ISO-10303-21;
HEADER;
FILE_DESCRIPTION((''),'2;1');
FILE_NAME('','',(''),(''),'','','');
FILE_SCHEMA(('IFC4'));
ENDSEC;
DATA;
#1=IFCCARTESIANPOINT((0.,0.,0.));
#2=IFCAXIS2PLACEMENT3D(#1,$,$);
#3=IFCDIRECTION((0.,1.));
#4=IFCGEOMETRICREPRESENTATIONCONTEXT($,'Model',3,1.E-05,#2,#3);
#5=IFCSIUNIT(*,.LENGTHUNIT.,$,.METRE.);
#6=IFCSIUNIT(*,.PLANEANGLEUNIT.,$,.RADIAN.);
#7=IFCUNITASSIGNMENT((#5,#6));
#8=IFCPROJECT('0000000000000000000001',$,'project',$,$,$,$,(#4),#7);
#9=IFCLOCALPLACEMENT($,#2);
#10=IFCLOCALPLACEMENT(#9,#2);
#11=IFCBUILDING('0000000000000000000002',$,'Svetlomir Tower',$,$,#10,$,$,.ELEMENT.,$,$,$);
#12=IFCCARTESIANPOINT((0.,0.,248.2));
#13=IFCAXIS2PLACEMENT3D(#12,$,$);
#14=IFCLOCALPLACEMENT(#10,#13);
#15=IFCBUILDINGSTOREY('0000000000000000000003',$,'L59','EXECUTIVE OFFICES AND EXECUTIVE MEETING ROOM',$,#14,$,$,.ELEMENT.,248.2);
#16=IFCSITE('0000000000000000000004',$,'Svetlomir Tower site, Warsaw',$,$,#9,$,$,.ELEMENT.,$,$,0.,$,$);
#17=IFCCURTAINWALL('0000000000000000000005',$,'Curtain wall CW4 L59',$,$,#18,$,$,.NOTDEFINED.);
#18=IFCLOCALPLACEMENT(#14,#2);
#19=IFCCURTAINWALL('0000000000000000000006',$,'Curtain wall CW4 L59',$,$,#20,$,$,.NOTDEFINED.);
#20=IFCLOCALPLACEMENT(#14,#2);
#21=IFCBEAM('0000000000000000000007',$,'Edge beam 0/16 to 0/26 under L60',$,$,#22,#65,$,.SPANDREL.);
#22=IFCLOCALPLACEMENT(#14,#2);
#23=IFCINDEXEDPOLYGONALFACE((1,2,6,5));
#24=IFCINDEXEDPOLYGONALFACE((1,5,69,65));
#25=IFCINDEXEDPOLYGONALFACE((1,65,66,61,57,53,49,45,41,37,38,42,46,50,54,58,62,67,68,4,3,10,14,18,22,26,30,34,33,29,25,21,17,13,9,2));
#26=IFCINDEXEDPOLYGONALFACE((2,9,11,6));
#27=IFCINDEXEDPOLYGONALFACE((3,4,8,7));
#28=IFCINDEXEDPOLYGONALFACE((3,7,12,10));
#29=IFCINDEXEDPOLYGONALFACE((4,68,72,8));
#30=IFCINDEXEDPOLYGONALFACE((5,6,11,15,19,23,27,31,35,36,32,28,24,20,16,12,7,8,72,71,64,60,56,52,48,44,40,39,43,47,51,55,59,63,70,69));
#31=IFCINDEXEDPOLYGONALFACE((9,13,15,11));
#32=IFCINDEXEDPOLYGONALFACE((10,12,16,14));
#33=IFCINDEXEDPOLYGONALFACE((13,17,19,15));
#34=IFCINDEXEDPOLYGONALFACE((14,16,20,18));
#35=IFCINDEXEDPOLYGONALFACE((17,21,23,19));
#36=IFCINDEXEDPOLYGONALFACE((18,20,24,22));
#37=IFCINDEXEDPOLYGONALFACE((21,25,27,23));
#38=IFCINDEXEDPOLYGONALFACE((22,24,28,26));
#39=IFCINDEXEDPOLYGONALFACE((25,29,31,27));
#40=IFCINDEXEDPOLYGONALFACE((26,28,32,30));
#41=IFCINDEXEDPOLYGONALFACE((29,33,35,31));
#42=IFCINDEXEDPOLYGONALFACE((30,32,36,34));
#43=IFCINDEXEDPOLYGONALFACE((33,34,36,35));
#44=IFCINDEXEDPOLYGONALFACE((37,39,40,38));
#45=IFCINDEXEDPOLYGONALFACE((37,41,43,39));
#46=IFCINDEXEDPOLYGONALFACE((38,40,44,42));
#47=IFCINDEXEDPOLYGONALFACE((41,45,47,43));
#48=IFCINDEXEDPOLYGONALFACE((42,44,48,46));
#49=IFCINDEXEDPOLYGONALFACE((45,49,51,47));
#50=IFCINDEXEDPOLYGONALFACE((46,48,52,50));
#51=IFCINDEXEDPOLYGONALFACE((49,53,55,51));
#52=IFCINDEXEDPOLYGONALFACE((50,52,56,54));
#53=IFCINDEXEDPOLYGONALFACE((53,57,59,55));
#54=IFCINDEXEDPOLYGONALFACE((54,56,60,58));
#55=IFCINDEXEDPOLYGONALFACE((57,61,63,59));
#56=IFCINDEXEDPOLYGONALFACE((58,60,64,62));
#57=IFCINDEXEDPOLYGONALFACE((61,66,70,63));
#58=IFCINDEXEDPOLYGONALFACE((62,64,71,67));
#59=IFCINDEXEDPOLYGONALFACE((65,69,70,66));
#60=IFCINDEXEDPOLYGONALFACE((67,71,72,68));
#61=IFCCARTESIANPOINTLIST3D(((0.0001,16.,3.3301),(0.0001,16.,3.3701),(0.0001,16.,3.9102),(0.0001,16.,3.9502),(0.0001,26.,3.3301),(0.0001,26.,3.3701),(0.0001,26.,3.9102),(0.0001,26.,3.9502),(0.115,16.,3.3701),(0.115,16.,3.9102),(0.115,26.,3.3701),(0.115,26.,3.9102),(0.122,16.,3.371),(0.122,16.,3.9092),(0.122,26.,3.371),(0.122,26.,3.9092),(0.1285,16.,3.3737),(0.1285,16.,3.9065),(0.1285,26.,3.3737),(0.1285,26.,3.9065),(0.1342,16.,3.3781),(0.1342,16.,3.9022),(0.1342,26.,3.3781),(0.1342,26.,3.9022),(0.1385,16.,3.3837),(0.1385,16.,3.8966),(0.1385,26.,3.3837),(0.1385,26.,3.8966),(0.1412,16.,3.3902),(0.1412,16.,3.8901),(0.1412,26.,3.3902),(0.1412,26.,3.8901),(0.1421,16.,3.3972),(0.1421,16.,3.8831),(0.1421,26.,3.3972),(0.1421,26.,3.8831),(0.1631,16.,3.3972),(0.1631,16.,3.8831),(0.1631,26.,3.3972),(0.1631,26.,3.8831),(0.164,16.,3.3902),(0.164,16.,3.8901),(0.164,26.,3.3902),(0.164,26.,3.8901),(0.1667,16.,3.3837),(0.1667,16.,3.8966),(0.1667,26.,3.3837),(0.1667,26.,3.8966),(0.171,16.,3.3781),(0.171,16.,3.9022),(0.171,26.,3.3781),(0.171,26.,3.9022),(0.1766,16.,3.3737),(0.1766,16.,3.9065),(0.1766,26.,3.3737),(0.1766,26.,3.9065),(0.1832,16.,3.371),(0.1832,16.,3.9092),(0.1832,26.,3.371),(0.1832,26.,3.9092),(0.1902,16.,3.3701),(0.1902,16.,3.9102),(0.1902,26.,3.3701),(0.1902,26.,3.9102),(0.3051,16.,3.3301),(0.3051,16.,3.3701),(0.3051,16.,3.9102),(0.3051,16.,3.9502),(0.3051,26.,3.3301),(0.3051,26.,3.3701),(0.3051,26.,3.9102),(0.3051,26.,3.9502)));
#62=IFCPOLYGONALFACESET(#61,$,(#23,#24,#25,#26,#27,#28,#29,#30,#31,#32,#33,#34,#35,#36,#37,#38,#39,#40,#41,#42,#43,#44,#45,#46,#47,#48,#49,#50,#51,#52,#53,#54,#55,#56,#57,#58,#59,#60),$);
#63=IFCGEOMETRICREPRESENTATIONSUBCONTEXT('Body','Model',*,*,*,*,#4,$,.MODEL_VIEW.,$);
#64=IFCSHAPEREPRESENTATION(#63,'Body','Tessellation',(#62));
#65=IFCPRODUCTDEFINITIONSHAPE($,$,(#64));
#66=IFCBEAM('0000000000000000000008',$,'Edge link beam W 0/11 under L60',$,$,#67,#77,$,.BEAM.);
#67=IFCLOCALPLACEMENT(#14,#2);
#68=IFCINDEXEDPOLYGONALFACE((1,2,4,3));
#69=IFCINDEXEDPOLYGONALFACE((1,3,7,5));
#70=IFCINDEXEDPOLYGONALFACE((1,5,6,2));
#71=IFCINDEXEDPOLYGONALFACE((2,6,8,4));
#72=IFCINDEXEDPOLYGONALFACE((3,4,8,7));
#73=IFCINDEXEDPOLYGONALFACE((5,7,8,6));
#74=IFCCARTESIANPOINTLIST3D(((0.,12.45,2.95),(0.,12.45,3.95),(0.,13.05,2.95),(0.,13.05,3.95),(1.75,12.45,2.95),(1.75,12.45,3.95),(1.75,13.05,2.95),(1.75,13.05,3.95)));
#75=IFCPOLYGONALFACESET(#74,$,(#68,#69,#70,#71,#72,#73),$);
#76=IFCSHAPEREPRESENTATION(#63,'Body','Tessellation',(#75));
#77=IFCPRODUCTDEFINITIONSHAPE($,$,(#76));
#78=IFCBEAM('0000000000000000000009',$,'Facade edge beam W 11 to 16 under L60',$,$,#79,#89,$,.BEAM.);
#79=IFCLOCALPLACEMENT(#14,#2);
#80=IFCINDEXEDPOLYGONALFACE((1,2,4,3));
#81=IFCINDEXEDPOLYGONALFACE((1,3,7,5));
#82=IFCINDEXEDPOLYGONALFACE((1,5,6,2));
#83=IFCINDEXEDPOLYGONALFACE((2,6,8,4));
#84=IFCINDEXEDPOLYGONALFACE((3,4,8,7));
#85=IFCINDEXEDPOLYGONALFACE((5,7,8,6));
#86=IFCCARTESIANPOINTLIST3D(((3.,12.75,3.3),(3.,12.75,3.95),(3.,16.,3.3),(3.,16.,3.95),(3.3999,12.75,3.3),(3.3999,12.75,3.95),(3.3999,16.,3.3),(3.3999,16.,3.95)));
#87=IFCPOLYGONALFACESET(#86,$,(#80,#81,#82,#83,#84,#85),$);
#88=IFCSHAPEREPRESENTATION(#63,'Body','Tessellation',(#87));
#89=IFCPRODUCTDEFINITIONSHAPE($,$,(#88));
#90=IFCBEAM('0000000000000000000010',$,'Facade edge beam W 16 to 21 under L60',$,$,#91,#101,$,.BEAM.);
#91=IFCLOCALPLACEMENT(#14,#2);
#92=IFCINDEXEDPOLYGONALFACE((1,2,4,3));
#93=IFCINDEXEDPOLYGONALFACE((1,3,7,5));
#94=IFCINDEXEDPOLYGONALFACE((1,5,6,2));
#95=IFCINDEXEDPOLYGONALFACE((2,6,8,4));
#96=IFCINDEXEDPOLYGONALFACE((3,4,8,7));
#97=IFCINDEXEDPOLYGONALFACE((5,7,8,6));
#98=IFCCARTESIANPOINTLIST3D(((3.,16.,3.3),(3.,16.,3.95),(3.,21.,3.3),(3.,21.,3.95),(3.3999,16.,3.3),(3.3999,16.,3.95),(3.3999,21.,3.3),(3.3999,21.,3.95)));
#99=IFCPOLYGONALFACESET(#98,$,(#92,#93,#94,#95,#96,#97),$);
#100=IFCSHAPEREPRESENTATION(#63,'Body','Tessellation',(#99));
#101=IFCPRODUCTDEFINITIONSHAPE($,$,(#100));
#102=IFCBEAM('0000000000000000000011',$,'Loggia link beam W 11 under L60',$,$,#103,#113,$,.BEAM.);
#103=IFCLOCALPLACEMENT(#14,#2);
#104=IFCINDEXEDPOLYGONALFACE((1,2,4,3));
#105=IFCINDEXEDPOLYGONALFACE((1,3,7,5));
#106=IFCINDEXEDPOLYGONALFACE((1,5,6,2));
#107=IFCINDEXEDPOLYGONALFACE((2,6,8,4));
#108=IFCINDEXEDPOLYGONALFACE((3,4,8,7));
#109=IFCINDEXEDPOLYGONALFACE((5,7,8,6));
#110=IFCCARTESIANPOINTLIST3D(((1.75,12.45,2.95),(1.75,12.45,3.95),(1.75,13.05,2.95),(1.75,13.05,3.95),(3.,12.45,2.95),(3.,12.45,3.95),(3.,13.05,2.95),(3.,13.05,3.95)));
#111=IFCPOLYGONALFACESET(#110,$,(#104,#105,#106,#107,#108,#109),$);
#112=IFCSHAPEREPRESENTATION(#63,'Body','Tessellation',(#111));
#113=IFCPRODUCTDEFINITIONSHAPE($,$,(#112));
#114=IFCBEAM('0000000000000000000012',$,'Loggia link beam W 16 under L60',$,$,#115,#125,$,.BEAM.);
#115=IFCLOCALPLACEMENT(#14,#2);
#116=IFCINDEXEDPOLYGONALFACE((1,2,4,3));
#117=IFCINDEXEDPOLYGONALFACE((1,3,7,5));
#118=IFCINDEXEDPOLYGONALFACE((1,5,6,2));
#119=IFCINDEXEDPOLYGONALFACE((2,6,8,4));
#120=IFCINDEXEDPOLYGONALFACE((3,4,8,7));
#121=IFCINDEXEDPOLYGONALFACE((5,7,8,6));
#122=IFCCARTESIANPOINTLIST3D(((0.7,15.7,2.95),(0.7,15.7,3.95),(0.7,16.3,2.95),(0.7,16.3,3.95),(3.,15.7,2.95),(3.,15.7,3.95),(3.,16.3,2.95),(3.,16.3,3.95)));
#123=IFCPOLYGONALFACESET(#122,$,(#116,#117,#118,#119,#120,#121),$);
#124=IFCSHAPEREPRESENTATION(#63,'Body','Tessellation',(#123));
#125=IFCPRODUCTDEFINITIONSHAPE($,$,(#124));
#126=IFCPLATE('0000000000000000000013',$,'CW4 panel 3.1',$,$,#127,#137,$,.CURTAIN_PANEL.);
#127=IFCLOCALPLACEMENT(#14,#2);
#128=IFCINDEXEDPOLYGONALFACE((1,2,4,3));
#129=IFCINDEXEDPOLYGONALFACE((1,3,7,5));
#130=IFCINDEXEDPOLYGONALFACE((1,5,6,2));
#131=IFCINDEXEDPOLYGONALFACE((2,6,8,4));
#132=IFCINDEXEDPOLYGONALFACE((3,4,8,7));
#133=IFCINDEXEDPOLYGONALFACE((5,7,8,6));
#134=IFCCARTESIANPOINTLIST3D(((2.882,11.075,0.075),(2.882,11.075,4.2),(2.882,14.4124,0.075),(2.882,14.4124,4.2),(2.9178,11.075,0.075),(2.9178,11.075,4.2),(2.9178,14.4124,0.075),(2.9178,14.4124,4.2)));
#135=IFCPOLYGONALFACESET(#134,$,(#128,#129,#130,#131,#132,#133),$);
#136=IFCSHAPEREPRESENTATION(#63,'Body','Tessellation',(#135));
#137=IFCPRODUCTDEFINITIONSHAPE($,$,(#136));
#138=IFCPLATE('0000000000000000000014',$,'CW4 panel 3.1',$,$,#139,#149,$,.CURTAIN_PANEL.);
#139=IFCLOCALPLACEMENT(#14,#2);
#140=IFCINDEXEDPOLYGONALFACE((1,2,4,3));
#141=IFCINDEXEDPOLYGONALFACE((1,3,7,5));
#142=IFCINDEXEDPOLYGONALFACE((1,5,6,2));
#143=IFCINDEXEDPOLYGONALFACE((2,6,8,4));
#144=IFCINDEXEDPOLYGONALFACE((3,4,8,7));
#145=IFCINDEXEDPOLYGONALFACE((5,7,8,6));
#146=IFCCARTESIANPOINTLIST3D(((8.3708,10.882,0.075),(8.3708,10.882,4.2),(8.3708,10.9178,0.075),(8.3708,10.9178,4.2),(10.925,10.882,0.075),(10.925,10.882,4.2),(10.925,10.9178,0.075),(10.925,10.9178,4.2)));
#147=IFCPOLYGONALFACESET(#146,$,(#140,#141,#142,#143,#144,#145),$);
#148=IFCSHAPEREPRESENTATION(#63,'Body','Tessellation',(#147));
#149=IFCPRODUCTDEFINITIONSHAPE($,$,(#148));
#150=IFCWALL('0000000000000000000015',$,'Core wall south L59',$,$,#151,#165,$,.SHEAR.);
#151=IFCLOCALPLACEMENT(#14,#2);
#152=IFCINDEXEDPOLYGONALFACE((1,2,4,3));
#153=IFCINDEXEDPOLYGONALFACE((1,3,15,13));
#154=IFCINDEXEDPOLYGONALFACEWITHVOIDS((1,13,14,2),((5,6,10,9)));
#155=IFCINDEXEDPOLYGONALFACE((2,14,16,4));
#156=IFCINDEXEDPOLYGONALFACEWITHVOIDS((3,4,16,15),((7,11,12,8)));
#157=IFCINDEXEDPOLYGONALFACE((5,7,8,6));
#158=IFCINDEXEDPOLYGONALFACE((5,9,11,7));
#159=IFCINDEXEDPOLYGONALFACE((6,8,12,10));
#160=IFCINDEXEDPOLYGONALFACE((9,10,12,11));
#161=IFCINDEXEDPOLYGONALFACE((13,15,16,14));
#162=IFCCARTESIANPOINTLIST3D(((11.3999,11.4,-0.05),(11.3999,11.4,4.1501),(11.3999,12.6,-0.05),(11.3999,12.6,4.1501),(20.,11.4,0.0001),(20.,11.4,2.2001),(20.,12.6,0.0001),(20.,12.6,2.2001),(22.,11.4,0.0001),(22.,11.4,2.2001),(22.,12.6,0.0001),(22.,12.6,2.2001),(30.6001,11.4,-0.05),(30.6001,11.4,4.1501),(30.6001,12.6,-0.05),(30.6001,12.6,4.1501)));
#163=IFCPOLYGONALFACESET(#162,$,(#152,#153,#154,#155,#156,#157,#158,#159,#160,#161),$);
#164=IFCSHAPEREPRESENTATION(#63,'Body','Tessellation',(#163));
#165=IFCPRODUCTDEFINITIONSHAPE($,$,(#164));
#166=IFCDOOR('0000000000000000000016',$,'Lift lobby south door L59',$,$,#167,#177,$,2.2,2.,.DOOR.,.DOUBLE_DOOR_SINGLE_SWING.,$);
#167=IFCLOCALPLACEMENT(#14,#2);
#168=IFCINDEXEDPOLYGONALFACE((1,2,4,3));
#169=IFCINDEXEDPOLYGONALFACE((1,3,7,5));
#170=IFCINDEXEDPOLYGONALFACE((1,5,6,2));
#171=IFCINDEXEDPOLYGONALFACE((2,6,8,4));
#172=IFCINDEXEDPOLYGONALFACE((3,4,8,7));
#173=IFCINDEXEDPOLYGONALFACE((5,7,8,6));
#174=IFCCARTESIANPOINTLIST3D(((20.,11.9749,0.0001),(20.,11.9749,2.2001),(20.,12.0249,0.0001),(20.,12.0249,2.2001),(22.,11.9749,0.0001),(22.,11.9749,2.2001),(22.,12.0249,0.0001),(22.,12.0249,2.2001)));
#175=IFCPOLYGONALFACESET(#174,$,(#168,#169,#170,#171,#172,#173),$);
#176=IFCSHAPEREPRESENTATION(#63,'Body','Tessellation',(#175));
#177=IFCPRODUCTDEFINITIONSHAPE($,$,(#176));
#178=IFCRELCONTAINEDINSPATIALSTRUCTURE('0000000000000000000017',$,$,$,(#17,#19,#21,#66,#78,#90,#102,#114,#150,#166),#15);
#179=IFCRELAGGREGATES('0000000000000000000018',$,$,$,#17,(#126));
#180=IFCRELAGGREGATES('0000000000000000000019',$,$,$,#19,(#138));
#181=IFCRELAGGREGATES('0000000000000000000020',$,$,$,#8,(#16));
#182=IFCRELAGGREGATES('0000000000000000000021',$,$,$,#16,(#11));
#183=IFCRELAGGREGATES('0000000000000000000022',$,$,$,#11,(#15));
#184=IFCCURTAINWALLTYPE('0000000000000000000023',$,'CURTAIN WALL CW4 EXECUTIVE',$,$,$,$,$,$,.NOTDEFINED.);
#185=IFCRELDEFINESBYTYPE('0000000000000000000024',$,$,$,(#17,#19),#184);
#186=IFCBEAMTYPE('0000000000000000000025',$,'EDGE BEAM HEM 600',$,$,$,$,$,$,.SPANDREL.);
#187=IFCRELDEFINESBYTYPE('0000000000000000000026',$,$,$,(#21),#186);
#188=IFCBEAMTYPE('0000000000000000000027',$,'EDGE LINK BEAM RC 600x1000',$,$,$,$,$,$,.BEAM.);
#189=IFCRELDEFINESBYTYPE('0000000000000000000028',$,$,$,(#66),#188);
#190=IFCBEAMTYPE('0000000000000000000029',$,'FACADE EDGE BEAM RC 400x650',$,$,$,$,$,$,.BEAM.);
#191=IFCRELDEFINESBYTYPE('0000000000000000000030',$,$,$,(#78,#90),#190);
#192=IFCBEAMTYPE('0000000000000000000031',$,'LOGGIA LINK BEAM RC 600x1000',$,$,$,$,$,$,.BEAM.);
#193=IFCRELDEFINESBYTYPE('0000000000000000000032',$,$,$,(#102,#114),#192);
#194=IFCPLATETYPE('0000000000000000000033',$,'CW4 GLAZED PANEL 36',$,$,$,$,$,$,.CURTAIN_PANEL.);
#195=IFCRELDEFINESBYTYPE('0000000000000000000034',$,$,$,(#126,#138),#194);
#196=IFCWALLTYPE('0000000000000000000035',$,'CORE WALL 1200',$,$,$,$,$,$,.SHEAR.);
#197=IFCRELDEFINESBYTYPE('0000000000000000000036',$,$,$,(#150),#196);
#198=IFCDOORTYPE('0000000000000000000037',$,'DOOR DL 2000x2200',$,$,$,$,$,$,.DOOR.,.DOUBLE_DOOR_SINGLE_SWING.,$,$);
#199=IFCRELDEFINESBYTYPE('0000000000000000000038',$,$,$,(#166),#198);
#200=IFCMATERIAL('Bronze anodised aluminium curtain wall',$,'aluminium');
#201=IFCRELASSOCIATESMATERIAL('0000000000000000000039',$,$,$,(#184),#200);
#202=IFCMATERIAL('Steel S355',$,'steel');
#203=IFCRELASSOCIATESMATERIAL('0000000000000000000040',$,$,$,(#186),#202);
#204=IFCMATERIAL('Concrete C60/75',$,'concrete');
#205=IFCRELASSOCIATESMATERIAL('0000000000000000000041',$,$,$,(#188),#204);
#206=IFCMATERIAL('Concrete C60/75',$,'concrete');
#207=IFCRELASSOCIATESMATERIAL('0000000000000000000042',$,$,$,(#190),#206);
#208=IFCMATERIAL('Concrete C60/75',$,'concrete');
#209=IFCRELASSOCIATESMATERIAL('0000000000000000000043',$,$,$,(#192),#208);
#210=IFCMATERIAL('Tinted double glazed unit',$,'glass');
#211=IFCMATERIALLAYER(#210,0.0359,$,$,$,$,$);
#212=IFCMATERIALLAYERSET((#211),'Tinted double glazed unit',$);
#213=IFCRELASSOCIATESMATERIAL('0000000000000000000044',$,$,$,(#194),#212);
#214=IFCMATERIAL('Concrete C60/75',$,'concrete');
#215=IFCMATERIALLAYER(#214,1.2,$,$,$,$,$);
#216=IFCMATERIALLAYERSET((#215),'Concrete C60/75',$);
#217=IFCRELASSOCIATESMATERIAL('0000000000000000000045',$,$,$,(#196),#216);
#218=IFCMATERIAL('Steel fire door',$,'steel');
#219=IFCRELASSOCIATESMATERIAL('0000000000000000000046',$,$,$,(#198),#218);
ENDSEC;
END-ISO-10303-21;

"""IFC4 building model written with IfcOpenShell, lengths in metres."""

from ifc_helpers import new_model, si_unit, direction, frame, frame_2d, origin, origin_2d, place, context, subcontext, project, spatial, rectangle, i_section, extrude, material, layer, layer_set, material_profile, profile_set, type_object, element, fill, aggregate, save


model = new_model("IFC4")

# Units and contexts
model_context = context("Model", 3, precision=1e-05, world=origin(), true_north=direction((0.0, 1.0)))
body_context = subcontext(model_context, "Body", "Model", "MODEL_VIEW")
ifc_project = project(units=[si_unit("LENGTHUNIT", "METRE"), si_unit("PLANEANGLEUNIT", "RADIAN")], contexts=[model_context])

# Site, building, storey
site_placement = place(None, origin())
site = spatial("IfcSite", under=ifc_project, at=site_placement, Name="Svetlomir Tower site, Warsaw", CompositionType="ELEMENT", RefElevation=0.0)
building_placement = place(site_placement, origin())
building = spatial("IfcBuilding", under=site, at=building_placement, Name="Svetlomir Tower", CompositionType="ELEMENT")
storey_placement = place(building_placement, frame((0.0, 0.0, 248.2)))
storey = spatial("IfcBuildingStorey", under=building, at=storey_placement, Name="L59", Description="EXECUTIVE OFFICES AND EXECUTIVE MEETING ROOM", CompositionType="ELEMENT", Elevation=248.2)

# Curtain wall
ifc_material_1 = material(Name="Bronze anodised aluminium curtain wall", Category="aluminium")
curtain_wall_type = type_object("IfcCurtainWallType", Name="CURTAIN WALL CW4 EXECUTIVE", PredefinedType="NOTDEFINED", material=ifc_material_1)
curtain_wall_1_placement = place(storey_placement, origin())
curtain_wall_1 = element("IfcCurtainWall", 1, at=curtain_wall_1_placement, inside=storey, type_object=curtain_wall_type, Name="Curtain wall CW4 L59", PredefinedType="NOTDEFINED")

# Curtain wall
curtain_wall_2_placement = place(storey_placement, origin())
curtain_wall_2 = element("IfcCurtainWall", 2, at=curtain_wall_2_placement, inside=storey, type_object=curtain_wall_type, Name="Curtain wall CW4 L59", PredefinedType="NOTDEFINED")

# Beams
ifc_material_2 = material(Name="Steel S355", Category="steel")
ifc_material_profile_1 = material_profile(ifc_material_2, i_section(OverallWidth=0.3049, OverallDepth=0.6201, WebThickness=0.021, FlangeThickness=0.04, FilletRadius=0.0271, at=origin_2d()), Name="HEM 600")
ifc_profile_set_1 = profile_set([ifc_material_profile_1], Name="Steel S355")
beam_type_1 = type_object("IfcBeamType", Name="EDGE BEAM HEM 600", PredefinedType="SPANDREL", material=ifc_profile_set_1)
beam_1_placement = place(storey_placement, frame((0.1526, 16.0, 3.6401), z_axis=(0.0, 1.0, 0.0), x_axis=(-1.0, 0.0, 0.0)))
element("IfcBeam", 3, at=beam_1_placement, inside=storey, type_object=beam_type_1, Name="Edge beam 0/16 to 0/26 under L60", PredefinedType="SPANDREL", context=body_context, shape_type="SweptSolid", body=[
    extrude(i_section(OverallWidth=0.3049, OverallDepth=0.6201, WebThickness=0.021, FlangeThickness=0.04, FilletRadius=0.0271, at=origin_2d()), origin(), (0.0, 0.0, 1.0), 10.0),
])
ifc_material_3 = material(Name="Concrete C60/75", Category="concrete")
ifc_material_profile_2 = material_profile(ifc_material_3, rectangle(XDim=0.6001, YDim=1.0, at=origin_2d()), Name="RC 600x1000")
ifc_profile_set_2 = profile_set([ifc_material_profile_2], Name="Concrete C60/75")
beam_type_2 = type_object("IfcBeamType", Name="EDGE LINK BEAM RC 600x1000", PredefinedType="BEAM", material=ifc_profile_set_2)
beam_2_placement = place(storey_placement, frame((1.75, 12.75, 3.45), z_axis=(-1.0, 0.0, 0.0), x_axis=(0.0, -1.0, 0.0)))
element("IfcBeam", 4, at=beam_2_placement, inside=storey, type_object=beam_type_2, Name="Edge link beam W 0/11 under L60", PredefinedType="BEAM", context=body_context, shape_type="SweptSolid", body=[
    extrude(rectangle(XDim=0.6001, YDim=1.0, at=origin_2d()), origin(), (0.0, 0.0, 1.0), 1.75),
])
ifc_material_4 = material(Name="Concrete C60/75", Category="concrete")
ifc_material_profile_3 = material_profile(ifc_material_4, rectangle(XDim=0.3999, YDim=0.6499, at=origin_2d()), Name="RC 400x650")
ifc_profile_set_3 = profile_set([ifc_material_profile_3], Name="Concrete C60/75")
beam_type_3 = type_object("IfcBeamType", Name="FACADE EDGE BEAM RC 400x650", PredefinedType="BEAM", material=ifc_profile_set_3)
beam_3_placement = place(storey_placement, frame((3.2, 12.75, 3.625), z_axis=(0.0, 1.0, 0.0), x_axis=(-1.0, 0.0, 0.0)))
element("IfcBeam", 5, at=beam_3_placement, inside=storey, type_object=beam_type_3, Name="Facade edge beam W 11 to 16 under L60", PredefinedType="BEAM", context=body_context, shape_type="SweptSolid", body=[
    extrude(rectangle(XDim=0.3999, YDim=0.6499, at=origin_2d()), origin(), (0.0, 0.0, 1.0), 3.25),
])
beam_4_placement = place(storey_placement, frame((3.2, 16.0, 3.625), z_axis=(0.0, 1.0, 0.0), x_axis=(-1.0, 0.0, 0.0)))
element("IfcBeam", 6, at=beam_4_placement, inside=storey, type_object=beam_type_3, Name="Facade edge beam W 16 to 21 under L60", PredefinedType="BEAM", context=body_context, shape_type="SweptSolid", body=[
    extrude(rectangle(XDim=0.3999, YDim=0.6499, at=origin_2d()), origin(), (0.0, 0.0, 1.0), 5.0),
])
ifc_material_5 = material(Name="Concrete C60/75", Category="concrete")
ifc_material_profile_4 = material_profile(ifc_material_5, rectangle(XDim=0.6001, YDim=1.0, at=origin_2d()), Name="RC 600x1000")
ifc_profile_set_4 = profile_set([ifc_material_profile_4], Name="Concrete C60/75")
beam_type_4 = type_object("IfcBeamType", Name="LOGGIA LINK BEAM RC 600x1000", PredefinedType="BEAM", material=ifc_profile_set_4)
beam_5_placement = place(storey_placement, frame((1.75, 12.75, 3.45), z_axis=(1.0, 0.0, 0.0), x_axis=(0.0, 1.0, 0.0)))
element("IfcBeam", 7, at=beam_5_placement, inside=storey, type_object=beam_type_4, Name="Loggia link beam W 11 under L60", PredefinedType="BEAM", context=body_context, shape_type="SweptSolid", body=[
    extrude(rectangle(XDim=0.6001, YDim=1.0, at=origin_2d()), origin(), (0.0, 0.0, 1.0), 1.25),
])
beam_6_placement = place(storey_placement, frame((0.7, 16.0, 3.45), z_axis=(1.0, 0.0, 0.0), x_axis=(0.0, 1.0, 0.0)))
element("IfcBeam", 8, at=beam_6_placement, inside=storey, type_object=beam_type_4, Name="Loggia link beam W 16 under L60", PredefinedType="BEAM", context=body_context, shape_type="SweptSolid", body=[
    extrude(rectangle(XDim=0.6001, YDim=1.0, at=origin_2d()), origin(), (0.0, 0.0, 1.0), 2.3),
])

# Plates
ifc_material_6 = material(Name="Tinted double glazed unit", Category="glass")
ifc_layer_1 = layer(ifc_material_6, 0.0359)
ifc_layer_set_1 = layer_set([ifc_layer_1], Name="Tinted double glazed unit")
plate_type = type_object("IfcPlateType", Name="CW4 GLAZED PANEL 36", PredefinedType="CURTAIN_PANEL", material=ifc_layer_set_1)
plate_1_placement = place(storey_placement, frame((2.8999, 12.7437, 0.075), z_axis=(0.0, 0.0, 1.0), x_axis=(0.0, -1.0, 0.0)))
plate_1 = element("IfcPlate", 9, at=plate_1_placement, type_object=plate_type, Name="CW4 panel 3.1", PredefinedType="CURTAIN_PANEL", context=body_context, shape_type="SweptSolid", body=[
    extrude(rectangle(XDim=3.3374, YDim=0.0359, at=origin_2d()), origin(), (0.0, 0.0, 1.0), 4.125),
])
aggregate(curtain_wall_1, [plate_1])
plate_2_placement = place(storey_placement, frame((9.6479, 10.8999, 0.075), z_axis=(0.0, 0.0, 1.0), x_axis=(1.0, 0.0, 0.0)))
plate_2 = element("IfcPlate", 10, at=plate_2_placement, type_object=plate_type, Name="CW4 panel 3.1", PredefinedType="CURTAIN_PANEL", context=body_context, shape_type="SweptSolid", body=[
    extrude(rectangle(XDim=2.5542, YDim=0.0359, at=origin_2d()), origin(), (0.0, 0.0, 1.0), 4.125),
])
aggregate(curtain_wall_2, [plate_2])

# Wall, opening, door
ifc_material_7 = material(Name="Concrete C60/75", Category="concrete")
ifc_layer_2 = layer(ifc_material_7, 1.2)
ifc_layer_set_2 = layer_set([ifc_layer_2], Name="Concrete C60/75")
wall_type_1 = type_object("IfcWallType", Name="CORE WALL 1200", PredefinedType="SHEAR", material=ifc_layer_set_2)
wall_1_placement = place(storey_placement, frame((11.3999, 12.0, -0.05), z_axis=(0.0, 0.0, 1.0), x_axis=(1.0, 0.0, 0.0)))
wall_1 = element("IfcWall", 11, at=wall_1_placement, inside=storey, type_object=wall_type_1, Name="Core wall south L59", PredefinedType="SHEAR", context=body_context, shape_type="SweptSolid", body=[
    extrude(rectangle(XDim=19.2002, YDim=1.2, at=frame_2d((9.6001, 0.0))), origin(), (0.0, 0.0, 1.0), 4.2002),
])
opening_1_placement = place(wall_1_placement, frame((8.6001, 0.0, 0.05)))
opening_1 = element("IfcOpeningElement", 12, at=opening_1_placement, cuts=wall_1, PredefinedType="OPENING", context=body_context, shape_type="SweptSolid", body=[
    extrude(rectangle(XDim=2.0, YDim=2.2, at=frame_2d((1.0, 1.1001))), frame((0.0, 0.6099, 0.0), z_axis=(0.0, -1.0, 0.0), x_axis=(1.0, 0.0, 0.0)), (0.0, 0.0, 1.0), 1.22),
])
ifc_material_8 = material(Name="Steel fire door", Category="steel")
door_type_1 = type_object("IfcDoorType", Name="DOOR DL 2000x2200", OperationType="DOUBLE_DOOR_SINGLE_SWING", PredefinedType="DOOR", material=ifc_material_8)
door_1_placement = place(opening_1_placement, origin())
door_1 = element("IfcDoor", 13, at=door_1_placement, inside=storey, type_object=door_type_1, Name="Lift lobby south door L59", OperationType="DOUBLE_DOOR_SINGLE_SWING", OverallHeight=2.2, OverallWidth=2.0, PredefinedType="DOOR", context=body_context, shape_type="SweptSolid", body=[
    extrude(rectangle(XDim=2.0, YDim=2.2, at=frame_2d((1.0, 1.1001))), frame((0.0, 0.0249, 0.0), z_axis=(0.0, -1.0, 0.0), x_axis=(1.0, 0.0, 0.0)), (0.0, 0.0, 1.0), 0.05),
])
fill(opening_1, door_1)

save(model, "model.ifc")
